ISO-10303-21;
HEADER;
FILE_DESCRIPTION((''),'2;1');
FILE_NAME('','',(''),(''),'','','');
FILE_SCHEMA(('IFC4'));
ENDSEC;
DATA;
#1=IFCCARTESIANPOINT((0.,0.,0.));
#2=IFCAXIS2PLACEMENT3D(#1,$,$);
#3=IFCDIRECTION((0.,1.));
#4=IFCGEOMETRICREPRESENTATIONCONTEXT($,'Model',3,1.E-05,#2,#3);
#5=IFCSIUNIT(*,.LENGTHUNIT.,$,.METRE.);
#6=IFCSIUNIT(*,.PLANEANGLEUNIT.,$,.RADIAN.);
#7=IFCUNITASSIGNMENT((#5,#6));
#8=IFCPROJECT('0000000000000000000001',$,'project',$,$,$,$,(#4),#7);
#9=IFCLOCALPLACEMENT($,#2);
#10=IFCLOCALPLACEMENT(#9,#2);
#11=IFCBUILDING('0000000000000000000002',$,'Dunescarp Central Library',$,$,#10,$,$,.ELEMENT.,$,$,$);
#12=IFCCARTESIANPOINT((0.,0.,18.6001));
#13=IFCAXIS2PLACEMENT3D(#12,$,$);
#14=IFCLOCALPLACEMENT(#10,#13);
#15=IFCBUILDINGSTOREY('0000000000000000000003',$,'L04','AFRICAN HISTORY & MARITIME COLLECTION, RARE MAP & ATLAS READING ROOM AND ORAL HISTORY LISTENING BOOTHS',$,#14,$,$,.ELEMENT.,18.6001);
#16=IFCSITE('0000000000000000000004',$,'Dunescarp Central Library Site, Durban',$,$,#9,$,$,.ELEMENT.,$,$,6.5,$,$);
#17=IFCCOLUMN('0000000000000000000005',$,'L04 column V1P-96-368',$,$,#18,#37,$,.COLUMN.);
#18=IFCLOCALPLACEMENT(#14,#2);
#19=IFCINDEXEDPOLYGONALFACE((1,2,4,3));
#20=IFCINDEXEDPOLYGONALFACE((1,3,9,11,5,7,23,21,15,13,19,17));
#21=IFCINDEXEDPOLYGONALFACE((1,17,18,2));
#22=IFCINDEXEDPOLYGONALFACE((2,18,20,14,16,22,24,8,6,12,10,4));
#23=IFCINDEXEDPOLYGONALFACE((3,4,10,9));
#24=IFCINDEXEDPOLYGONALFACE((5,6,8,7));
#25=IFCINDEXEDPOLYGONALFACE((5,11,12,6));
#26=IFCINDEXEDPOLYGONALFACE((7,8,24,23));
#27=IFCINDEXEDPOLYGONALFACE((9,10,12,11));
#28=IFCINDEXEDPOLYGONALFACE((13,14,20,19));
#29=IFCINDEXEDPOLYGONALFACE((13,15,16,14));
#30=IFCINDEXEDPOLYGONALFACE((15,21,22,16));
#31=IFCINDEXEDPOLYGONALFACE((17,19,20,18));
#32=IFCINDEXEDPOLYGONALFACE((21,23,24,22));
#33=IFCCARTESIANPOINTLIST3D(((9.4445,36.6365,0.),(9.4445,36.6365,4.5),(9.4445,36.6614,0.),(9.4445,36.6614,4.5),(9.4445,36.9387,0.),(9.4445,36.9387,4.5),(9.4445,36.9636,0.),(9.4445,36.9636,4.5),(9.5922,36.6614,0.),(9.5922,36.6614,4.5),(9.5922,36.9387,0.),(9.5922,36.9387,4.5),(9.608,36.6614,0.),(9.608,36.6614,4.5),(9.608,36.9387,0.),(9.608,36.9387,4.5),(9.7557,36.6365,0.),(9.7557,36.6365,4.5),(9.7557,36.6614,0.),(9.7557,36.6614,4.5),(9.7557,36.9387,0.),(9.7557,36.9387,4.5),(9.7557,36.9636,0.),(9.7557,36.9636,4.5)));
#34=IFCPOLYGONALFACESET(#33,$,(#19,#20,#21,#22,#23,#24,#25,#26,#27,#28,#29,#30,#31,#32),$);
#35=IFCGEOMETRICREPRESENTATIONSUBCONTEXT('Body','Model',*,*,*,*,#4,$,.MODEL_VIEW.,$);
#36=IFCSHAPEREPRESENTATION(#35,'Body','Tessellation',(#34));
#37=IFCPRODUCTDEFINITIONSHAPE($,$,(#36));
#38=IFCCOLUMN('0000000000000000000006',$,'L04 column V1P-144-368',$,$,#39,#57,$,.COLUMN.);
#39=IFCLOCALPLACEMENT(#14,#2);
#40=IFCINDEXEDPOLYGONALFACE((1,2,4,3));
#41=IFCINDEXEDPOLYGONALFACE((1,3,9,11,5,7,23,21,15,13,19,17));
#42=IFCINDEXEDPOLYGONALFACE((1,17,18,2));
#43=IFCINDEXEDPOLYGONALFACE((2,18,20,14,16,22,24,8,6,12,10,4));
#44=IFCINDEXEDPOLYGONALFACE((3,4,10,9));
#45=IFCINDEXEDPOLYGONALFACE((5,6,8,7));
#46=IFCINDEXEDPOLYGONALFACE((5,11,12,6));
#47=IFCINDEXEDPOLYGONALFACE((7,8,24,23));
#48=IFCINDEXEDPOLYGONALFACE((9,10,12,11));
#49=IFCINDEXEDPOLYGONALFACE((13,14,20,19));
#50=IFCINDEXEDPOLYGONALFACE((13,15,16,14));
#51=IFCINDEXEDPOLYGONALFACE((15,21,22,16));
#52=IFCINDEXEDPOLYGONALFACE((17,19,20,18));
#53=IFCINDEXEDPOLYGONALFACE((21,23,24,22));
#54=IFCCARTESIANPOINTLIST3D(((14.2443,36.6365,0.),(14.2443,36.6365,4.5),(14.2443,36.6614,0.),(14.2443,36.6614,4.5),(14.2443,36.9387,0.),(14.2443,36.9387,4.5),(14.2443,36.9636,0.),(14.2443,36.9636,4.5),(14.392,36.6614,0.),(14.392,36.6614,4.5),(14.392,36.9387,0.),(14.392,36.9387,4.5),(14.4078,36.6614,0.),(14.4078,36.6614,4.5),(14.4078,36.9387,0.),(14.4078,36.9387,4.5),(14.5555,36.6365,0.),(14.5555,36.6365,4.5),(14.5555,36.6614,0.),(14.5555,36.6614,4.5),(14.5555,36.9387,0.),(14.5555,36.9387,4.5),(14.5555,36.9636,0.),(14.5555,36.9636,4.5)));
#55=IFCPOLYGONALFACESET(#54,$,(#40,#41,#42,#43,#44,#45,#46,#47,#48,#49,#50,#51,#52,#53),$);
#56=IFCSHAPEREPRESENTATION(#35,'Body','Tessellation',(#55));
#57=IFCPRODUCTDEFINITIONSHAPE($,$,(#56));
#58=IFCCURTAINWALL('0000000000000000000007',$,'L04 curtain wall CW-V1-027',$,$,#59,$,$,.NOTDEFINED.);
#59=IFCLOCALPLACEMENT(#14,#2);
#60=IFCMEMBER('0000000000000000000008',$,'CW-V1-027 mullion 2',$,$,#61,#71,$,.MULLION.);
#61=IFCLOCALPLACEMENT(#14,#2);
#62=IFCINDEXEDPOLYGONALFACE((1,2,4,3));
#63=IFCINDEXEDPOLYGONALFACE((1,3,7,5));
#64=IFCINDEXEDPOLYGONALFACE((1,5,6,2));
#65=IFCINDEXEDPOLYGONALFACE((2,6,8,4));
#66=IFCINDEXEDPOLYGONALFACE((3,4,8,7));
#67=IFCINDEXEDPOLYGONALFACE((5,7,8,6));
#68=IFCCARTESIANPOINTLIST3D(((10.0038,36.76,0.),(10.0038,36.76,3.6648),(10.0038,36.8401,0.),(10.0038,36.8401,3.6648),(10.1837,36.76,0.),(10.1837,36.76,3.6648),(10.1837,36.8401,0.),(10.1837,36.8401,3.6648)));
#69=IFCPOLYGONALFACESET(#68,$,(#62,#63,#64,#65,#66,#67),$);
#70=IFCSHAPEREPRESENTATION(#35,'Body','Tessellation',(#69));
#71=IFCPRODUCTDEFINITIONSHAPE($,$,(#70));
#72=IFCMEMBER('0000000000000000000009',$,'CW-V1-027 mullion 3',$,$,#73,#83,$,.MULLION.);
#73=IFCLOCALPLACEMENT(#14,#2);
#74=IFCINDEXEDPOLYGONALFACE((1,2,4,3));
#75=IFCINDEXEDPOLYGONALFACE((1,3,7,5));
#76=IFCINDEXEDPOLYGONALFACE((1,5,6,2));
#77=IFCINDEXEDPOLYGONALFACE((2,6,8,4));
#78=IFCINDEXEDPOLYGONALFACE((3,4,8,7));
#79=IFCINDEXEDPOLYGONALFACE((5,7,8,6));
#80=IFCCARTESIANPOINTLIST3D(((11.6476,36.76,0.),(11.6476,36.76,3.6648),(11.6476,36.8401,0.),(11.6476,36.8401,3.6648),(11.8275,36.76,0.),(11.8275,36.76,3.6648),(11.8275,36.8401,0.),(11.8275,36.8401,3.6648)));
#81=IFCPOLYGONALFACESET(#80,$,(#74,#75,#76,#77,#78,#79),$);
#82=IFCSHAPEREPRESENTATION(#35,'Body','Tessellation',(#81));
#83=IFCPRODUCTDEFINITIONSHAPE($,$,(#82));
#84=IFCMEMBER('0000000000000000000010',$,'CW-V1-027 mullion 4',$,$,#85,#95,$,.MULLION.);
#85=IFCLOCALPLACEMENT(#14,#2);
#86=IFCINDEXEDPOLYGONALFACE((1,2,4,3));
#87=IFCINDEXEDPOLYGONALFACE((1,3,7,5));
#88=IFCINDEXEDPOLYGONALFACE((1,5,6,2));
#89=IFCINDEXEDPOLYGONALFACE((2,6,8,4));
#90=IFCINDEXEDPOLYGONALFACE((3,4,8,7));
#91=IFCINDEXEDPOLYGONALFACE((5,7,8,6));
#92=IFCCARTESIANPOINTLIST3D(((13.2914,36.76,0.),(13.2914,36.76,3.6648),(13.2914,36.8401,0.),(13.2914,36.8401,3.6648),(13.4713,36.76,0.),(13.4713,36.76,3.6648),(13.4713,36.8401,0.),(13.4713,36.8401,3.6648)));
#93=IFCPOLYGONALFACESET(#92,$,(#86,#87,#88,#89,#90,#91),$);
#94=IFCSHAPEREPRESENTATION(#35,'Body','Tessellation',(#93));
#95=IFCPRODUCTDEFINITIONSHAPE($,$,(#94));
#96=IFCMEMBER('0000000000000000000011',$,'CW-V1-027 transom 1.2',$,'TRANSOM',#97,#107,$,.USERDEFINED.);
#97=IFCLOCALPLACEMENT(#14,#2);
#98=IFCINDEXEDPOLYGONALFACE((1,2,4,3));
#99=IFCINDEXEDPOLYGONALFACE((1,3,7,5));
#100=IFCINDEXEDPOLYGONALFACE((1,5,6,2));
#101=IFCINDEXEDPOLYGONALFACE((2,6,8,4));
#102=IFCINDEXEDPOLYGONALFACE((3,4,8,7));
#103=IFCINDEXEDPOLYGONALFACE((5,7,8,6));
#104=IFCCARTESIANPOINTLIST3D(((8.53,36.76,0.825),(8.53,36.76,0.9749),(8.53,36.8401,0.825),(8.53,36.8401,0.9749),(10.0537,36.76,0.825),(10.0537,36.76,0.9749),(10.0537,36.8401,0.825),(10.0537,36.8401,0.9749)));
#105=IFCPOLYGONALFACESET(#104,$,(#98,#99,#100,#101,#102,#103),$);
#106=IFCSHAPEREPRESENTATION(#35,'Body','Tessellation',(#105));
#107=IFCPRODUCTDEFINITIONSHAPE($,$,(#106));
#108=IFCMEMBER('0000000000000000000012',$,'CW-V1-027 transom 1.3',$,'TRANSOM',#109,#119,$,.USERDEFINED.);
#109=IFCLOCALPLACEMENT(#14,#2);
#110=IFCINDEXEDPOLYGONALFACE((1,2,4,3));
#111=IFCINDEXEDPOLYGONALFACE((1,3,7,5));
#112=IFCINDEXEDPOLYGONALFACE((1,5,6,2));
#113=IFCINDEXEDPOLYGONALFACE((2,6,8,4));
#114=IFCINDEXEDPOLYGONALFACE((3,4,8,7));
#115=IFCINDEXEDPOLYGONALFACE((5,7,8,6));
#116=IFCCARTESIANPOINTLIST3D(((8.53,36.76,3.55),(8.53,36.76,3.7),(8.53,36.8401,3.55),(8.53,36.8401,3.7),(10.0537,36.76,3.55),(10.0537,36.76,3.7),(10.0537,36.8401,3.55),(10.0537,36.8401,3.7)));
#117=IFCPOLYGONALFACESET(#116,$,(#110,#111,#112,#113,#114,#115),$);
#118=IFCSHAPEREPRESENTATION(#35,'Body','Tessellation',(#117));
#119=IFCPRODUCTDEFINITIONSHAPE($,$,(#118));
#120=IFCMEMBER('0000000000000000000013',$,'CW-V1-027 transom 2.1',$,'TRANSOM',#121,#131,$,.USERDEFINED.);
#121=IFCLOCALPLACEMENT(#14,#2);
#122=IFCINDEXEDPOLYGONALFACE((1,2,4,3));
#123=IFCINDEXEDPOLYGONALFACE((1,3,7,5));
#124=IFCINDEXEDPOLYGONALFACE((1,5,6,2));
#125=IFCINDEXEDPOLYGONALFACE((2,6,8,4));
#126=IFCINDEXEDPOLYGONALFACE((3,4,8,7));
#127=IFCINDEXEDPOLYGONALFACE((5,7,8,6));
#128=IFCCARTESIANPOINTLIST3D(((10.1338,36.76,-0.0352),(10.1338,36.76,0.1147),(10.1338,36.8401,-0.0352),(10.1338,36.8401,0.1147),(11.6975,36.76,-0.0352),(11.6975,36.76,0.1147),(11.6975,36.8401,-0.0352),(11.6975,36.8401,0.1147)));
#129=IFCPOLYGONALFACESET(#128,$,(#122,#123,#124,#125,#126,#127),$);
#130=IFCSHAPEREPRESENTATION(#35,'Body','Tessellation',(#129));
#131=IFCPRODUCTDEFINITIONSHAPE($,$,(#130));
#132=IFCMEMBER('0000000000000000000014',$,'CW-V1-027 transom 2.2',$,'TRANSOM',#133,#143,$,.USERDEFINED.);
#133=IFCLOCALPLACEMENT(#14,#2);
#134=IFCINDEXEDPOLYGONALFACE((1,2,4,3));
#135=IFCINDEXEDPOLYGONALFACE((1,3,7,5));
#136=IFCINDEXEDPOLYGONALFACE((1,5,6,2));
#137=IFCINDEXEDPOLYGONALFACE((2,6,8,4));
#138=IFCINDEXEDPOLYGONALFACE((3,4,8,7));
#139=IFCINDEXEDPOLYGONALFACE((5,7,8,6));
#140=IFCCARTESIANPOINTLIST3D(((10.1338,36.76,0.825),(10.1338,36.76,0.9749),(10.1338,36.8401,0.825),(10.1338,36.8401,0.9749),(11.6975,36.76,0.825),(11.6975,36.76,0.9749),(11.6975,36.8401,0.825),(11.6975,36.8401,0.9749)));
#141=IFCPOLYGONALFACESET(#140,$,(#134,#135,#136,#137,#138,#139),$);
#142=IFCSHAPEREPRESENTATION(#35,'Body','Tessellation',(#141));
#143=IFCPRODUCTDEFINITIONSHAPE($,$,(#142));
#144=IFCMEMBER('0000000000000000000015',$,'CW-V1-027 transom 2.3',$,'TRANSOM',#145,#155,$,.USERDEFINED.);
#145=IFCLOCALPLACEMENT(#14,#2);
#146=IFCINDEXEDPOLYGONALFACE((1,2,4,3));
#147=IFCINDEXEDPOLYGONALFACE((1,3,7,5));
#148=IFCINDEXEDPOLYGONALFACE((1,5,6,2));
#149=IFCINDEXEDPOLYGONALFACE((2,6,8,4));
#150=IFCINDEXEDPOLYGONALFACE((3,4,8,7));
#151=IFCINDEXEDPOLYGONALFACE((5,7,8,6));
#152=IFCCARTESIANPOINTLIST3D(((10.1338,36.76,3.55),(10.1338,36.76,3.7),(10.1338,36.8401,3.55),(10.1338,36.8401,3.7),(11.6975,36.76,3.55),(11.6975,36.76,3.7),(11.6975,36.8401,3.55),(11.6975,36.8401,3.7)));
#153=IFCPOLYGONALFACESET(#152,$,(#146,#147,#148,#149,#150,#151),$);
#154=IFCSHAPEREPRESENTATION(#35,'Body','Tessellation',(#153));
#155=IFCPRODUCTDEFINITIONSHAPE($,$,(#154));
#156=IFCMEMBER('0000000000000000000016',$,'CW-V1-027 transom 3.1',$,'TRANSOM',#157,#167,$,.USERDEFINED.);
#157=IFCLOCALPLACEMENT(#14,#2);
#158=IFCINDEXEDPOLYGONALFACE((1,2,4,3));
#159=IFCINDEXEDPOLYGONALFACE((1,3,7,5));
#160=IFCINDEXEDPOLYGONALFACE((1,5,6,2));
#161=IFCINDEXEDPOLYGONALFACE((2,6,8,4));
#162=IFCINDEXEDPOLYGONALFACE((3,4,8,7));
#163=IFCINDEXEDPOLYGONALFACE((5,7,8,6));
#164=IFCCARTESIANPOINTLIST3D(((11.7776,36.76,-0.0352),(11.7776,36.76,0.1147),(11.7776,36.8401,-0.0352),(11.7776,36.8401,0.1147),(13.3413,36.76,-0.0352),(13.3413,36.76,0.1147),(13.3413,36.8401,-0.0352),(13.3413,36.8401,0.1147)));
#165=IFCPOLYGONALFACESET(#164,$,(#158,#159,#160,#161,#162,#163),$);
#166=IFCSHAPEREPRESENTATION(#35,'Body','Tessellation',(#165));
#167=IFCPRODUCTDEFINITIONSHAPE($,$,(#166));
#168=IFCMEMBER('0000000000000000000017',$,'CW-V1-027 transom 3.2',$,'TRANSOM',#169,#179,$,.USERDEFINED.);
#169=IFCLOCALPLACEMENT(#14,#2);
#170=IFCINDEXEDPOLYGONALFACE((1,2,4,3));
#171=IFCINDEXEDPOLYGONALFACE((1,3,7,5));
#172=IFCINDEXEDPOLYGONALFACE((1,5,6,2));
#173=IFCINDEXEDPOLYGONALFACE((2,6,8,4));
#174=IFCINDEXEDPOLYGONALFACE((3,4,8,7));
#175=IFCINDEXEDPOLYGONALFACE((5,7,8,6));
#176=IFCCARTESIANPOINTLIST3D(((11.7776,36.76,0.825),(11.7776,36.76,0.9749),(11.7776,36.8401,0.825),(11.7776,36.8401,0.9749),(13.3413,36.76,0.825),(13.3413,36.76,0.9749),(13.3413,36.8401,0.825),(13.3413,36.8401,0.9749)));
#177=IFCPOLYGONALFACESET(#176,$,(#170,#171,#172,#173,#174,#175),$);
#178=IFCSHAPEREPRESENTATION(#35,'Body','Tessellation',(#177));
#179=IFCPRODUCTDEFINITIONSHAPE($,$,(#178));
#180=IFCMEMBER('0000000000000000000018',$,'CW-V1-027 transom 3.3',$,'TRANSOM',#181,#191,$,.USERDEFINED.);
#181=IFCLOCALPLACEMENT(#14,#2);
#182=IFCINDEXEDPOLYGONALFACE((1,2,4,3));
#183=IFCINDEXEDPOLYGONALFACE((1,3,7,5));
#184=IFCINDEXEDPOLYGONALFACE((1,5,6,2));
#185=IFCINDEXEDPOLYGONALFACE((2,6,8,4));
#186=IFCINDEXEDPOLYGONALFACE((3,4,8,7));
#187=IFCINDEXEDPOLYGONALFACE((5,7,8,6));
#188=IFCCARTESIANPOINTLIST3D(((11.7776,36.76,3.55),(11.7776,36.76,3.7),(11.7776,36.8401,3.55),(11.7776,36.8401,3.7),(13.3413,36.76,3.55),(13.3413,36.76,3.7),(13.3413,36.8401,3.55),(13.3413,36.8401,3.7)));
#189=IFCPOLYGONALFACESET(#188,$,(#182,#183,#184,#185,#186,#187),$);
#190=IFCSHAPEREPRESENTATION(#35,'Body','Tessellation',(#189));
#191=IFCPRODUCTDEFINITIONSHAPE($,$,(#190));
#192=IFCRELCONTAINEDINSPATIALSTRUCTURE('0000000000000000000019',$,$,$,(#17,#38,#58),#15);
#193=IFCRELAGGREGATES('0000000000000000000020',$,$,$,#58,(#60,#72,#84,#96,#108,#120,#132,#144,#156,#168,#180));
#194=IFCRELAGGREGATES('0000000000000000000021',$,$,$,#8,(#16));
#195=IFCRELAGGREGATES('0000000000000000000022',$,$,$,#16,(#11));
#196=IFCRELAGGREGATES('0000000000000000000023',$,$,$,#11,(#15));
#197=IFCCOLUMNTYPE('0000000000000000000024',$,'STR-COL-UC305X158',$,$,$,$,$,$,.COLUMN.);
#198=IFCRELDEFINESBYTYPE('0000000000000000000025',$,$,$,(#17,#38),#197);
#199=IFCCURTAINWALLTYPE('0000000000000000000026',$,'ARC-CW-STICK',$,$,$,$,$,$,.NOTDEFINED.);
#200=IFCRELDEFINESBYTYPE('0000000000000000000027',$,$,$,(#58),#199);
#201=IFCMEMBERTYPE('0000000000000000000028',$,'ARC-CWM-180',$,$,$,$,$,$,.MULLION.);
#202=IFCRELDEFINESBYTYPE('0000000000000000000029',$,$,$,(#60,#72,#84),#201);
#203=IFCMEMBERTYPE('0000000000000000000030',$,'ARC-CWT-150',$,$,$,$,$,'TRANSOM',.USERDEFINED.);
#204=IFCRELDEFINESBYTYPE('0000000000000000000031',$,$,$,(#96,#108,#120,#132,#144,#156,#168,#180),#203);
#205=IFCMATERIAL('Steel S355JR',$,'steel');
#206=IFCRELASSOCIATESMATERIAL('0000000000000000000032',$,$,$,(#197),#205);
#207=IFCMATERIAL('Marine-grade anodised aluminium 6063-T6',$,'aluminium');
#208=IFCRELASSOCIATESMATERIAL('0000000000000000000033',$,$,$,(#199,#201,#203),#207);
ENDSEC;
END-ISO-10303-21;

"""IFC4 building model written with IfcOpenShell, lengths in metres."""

from ifc_helpers import new_model, si_unit, direction, frame, origin, origin_2d, place, context, subcontext, project, spatial, rectangle, i_section, extrude, material, material_profile, profile_set, type_object, element, aggregate, save


model = new_model("IFC4")

# Units and contexts
model_context = context("Model", 3, precision=1e-05, world=origin(), true_north=direction((0.0, 1.0)))
body_context = subcontext(model_context, "Body", "Model", "MODEL_VIEW")
ifc_project = project(units=[si_unit("LENGTHUNIT", "METRE"), si_unit("PLANEANGLEUNIT", "RADIAN")], contexts=[model_context])

# Site, building, storey
site_placement = place(None, origin())
site = spatial("IfcSite", under=ifc_project, at=site_placement, Name="Dunescarp Central Library Site, Durban", CompositionType="ELEMENT", RefElevation=6.5)
building_placement = place(site_placement, origin())
building = spatial("IfcBuilding", under=site, at=building_placement, Name="Dunescarp Central Library", CompositionType="ELEMENT")
storey_placement = place(building_placement, frame((0.0, 0.0, 18.6001)))
storey = spatial("IfcBuildingStorey", under=building, at=storey_placement, Name="L04", Description="AFRICAN HISTORY & MARITIME COLLECTION, RARE MAP & ATLAS READING ROOM AND ORAL HISTORY LISTENING BOOTHS", CompositionType="ELEMENT", Elevation=18.6001)

# Columns
ifc_material_1 = material(Name="Steel S355JR", Category="steel")
ifc_material_profile_1 = material_profile(ifc_material_1, i_section(OverallWidth=0.3113, OverallDepth=0.3271, WebThickness=0.0159, FlangeThickness=0.0249, at=origin_2d()), Name="UC 305x305x158")
ifc_profile_set_1 = profile_set([ifc_material_profile_1], Name="Steel S355JR")
column_type = type_object("IfcColumnType", Name="STR-COL-UC305X158", PredefinedType="COLUMN", material=ifc_profile_set_1)
for number, where, z_axis, x_axis, name in (
    (1, (9.6001, 36.8, 0.0), (0.0, 0.0, 1.0), (1.0, 0.0, 0.0), "L04 column V1P-96-368"),
    (2, (14.3999, 36.8, 0.0), (0.0, 0.0, 1.0), (1.0, 0.0, 0.0), "L04 column V1P-144-368"),
):
    element("IfcColumn", number, at=place(storey_placement, frame(where, z_axis=z_axis, x_axis=x_axis)), inside=storey, type_object=column_type, Name=name, PredefinedType="COLUMN", context=body_context, shape_type="SweptSolid", body=[
        extrude(i_section(OverallWidth=0.3113, OverallDepth=0.3271, WebThickness=0.0159, FlangeThickness=0.0249, at=origin_2d()), origin(), (0.0, 0.0, 1.0), 4.5),
    ])

# Curtain wall, members
ifc_material_2 = material(Name="Marine-grade anodised aluminium 6063-T6", Category="aluminium")
curtain_wall_type = type_object("IfcCurtainWallType", Name="ARC-CW-STICK", PredefinedType="NOTDEFINED", material=ifc_material_2)
curtain_wall_placement = place(storey_placement, origin())
curtain_wall = element("IfcCurtainWall", 3, at=curtain_wall_placement, inside=storey, type_object=curtain_wall_type, Name="L04 curtain wall CW-V1-027", PredefinedType="NOTDEFINED")
ifc_material_profile_2 = material_profile(ifc_material_2, rectangle(XDim=0.0801, YDim=0.1799, at=origin_2d()), Name="AL 80x180")
ifc_profile_set_2 = profile_set([ifc_material_profile_2], Name="Marine-grade anodised aluminium 6063-T6")
member_type_1 = type_object("IfcMemberType", Name="ARC-CWM-180", PredefinedType="MULLION", material=ifc_profile_set_2)
member_1_placement = place(storey_placement, frame((10.0938, 36.8, 0.0), z_axis=(0.0, 0.0, 1.0), x_axis=(0.0, 1.0, 0.0)))
member_1 = element("IfcMember", 4, at=member_1_placement, type_object=member_type_1, Name="CW-V1-027 mullion 2", PredefinedType="MULLION", context=body_context, shape_type="SweptSolid", body=[
    extrude(rectangle(XDim=0.0801, YDim=0.1799, at=origin_2d()), origin(), (0.0, 0.0, 1.0), 3.6648),
])
member_2_placement = place(storey_placement, frame((11.7375, 36.8, 0.0), z_axis=(0.0, 0.0, 1.0), x_axis=(0.0, 1.0, 0.0)))
member_2 = element("IfcMember", 5, at=member_2_placement, type_object=member_type_1, Name="CW-V1-027 mullion 3", PredefinedType="MULLION", context=body_context, shape_type="SweptSolid", body=[
    extrude(rectangle(XDim=0.0801, YDim=0.1799, at=origin_2d()), origin(), (0.0, 0.0, 1.0), 3.6648),
])
member_3_placement = place(storey_placement, frame((13.3813, 36.8, 0.0), z_axis=(0.0, 0.0, 1.0), x_axis=(0.0, 1.0, 0.0)))
member_3 = element("IfcMember", 6, at=member_3_placement, type_object=member_type_1, Name="CW-V1-027 mullion 4", PredefinedType="MULLION", context=body_context, shape_type="SweptSolid", body=[
    extrude(rectangle(XDim=0.0801, YDim=0.1799, at=origin_2d()), origin(), (0.0, 0.0, 1.0), 3.6648),
])
ifc_material_profile_3 = material_profile(ifc_material_2, rectangle(XDim=0.0801, YDim=0.1499, at=origin_2d()), Name="AL 80x150")
ifc_profile_set_3 = profile_set([ifc_material_profile_3], Name="Marine-grade anodised aluminium 6063-T6")
member_type_2 = type_object("IfcMemberType", Name="ARC-CWT-150", ElementType="TRANSOM", PredefinedType="USERDEFINED", material=ifc_profile_set_3)
member_4_placement = place(storey_placement, frame((8.53, 36.8, 0.8999), z_axis=(1.0, 0.0, 0.0), x_axis=(0.0, 1.0, 0.0)))
member_4 = element("IfcMember", 7, at=member_4_placement, type_object=member_type_2, Name="CW-V1-027 transom 1.2", ObjectType="TRANSOM", PredefinedType="USERDEFINED", context=body_context, shape_type="SweptSolid", body=[
    extrude(rectangle(XDim=0.0801, YDim=0.1499, at=origin_2d()), origin(), (0.0, 0.0, 1.0), 1.5237),
])
member_5_placement = place(storey_placement, frame((8.53, 36.8, 3.625), z_axis=(1.0, 0.0, 0.0), x_axis=(0.0, 1.0, 0.0)))
member_5 = element("IfcMember", 8, at=member_5_placement, type_object=member_type_2, Name="CW-V1-027 transom 1.3", ObjectType="TRANSOM", PredefinedType="USERDEFINED", context=body_context, shape_type="SweptSolid", body=[
    extrude(rectangle(XDim=0.0801, YDim=0.1499, at=origin_2d()), origin(), (0.0, 0.0, 1.0), 1.5237),
])
member_6_placement = place(storey_placement, frame((10.1338, 36.8, 0.0398), z_axis=(1.0, 0.0, 0.0), x_axis=(0.0, 1.0, 0.0)))
member_6 = element("IfcMember", 9, at=member_6_placement, type_object=member_type_2, Name="CW-V1-027 transom 2.1", ObjectType="TRANSOM", PredefinedType="USERDEFINED", context=body_context, shape_type="SweptSolid", body=[
    extrude(rectangle(XDim=0.0801, YDim=0.1499, at=origin_2d()), origin(), (0.0, 0.0, 1.0), 1.5637),
])
member_7_placement = place(storey_placement, frame((10.1338, 36.8, 0.8999), z_axis=(1.0, 0.0, 0.0), x_axis=(0.0, 1.0, 0.0)))
member_7 = element("IfcMember", 10, at=member_7_placement, type_object=member_type_2, Name="CW-V1-027 transom 2.2", ObjectType="TRANSOM", PredefinedType="USERDEFINED", context=body_context, shape_type="SweptSolid", body=[
    extrude(rectangle(XDim=0.0801, YDim=0.1499, at=origin_2d()), origin(), (0.0, 0.0, 1.0), 1.5637),
])
member_8_placement = place(storey_placement, frame((10.1338, 36.8, 3.625), z_axis=(1.0, 0.0, 0.0), x_axis=(0.0, 1.0, 0.0)))
member_8 = element("IfcMember", 11, at=member_8_placement, type_object=member_type_2, Name="CW-V1-027 transom 2.3", ObjectType="TRANSOM", PredefinedType="USERDEFINED", context=body_context, shape_type="SweptSolid", body=[
    extrude(rectangle(XDim=0.0801, YDim=0.1499, at=origin_2d()), origin(), (0.0, 0.0, 1.0), 1.5637),
])
member_9_placement = place(storey_placement, frame((11.7776, 36.8, 0.0398), z_axis=(1.0, 0.0, 0.0), x_axis=(0.0, 1.0, 0.0)))
member_9 = element("IfcMember", 12, at=member_9_placement, type_object=member_type_2, Name="CW-V1-027 transom 3.1", ObjectType="TRANSOM", PredefinedType="USERDEFINED", context=body_context, shape_type="SweptSolid", body=[
    extrude(rectangle(XDim=0.0801, YDim=0.1499, at=origin_2d()), origin(), (0.0, 0.0, 1.0), 1.5637),
])
member_10_placement = place(storey_placement, frame((11.7776, 36.8, 0.8999), z_axis=(1.0, 0.0, 0.0), x_axis=(0.0, 1.0, 0.0)))
member_10 = element("IfcMember", 13, at=member_10_placement, type_object=member_type_2, Name="CW-V1-027 transom 3.2", ObjectType="TRANSOM", PredefinedType="USERDEFINED", context=body_context, shape_type="SweptSolid", body=[
    extrude(rectangle(XDim=0.0801, YDim=0.1499, at=origin_2d()), origin(), (0.0, 0.0, 1.0), 1.5637),
])
member_11_placement = place(storey_placement, frame((11.7776, 36.8, 3.625), z_axis=(1.0, 0.0, 0.0), x_axis=(0.0, 1.0, 0.0)))
member_11 = element("IfcMember", 14, at=member_11_placement, type_object=member_type_2, Name="CW-V1-027 transom 3.3", ObjectType="TRANSOM", PredefinedType="USERDEFINED", context=body_context, shape_type="SweptSolid", body=[
    extrude(rectangle(XDim=0.0801, YDim=0.1499, at=origin_2d()), origin(), (0.0, 0.0, 1.0), 1.5637),
])

aggregate(curtain_wall, [member_1, member_2, member_3, member_4, member_5, member_6, member_7, member_8, member_9, member_10, member_11])

save(model, "model.ifc")
